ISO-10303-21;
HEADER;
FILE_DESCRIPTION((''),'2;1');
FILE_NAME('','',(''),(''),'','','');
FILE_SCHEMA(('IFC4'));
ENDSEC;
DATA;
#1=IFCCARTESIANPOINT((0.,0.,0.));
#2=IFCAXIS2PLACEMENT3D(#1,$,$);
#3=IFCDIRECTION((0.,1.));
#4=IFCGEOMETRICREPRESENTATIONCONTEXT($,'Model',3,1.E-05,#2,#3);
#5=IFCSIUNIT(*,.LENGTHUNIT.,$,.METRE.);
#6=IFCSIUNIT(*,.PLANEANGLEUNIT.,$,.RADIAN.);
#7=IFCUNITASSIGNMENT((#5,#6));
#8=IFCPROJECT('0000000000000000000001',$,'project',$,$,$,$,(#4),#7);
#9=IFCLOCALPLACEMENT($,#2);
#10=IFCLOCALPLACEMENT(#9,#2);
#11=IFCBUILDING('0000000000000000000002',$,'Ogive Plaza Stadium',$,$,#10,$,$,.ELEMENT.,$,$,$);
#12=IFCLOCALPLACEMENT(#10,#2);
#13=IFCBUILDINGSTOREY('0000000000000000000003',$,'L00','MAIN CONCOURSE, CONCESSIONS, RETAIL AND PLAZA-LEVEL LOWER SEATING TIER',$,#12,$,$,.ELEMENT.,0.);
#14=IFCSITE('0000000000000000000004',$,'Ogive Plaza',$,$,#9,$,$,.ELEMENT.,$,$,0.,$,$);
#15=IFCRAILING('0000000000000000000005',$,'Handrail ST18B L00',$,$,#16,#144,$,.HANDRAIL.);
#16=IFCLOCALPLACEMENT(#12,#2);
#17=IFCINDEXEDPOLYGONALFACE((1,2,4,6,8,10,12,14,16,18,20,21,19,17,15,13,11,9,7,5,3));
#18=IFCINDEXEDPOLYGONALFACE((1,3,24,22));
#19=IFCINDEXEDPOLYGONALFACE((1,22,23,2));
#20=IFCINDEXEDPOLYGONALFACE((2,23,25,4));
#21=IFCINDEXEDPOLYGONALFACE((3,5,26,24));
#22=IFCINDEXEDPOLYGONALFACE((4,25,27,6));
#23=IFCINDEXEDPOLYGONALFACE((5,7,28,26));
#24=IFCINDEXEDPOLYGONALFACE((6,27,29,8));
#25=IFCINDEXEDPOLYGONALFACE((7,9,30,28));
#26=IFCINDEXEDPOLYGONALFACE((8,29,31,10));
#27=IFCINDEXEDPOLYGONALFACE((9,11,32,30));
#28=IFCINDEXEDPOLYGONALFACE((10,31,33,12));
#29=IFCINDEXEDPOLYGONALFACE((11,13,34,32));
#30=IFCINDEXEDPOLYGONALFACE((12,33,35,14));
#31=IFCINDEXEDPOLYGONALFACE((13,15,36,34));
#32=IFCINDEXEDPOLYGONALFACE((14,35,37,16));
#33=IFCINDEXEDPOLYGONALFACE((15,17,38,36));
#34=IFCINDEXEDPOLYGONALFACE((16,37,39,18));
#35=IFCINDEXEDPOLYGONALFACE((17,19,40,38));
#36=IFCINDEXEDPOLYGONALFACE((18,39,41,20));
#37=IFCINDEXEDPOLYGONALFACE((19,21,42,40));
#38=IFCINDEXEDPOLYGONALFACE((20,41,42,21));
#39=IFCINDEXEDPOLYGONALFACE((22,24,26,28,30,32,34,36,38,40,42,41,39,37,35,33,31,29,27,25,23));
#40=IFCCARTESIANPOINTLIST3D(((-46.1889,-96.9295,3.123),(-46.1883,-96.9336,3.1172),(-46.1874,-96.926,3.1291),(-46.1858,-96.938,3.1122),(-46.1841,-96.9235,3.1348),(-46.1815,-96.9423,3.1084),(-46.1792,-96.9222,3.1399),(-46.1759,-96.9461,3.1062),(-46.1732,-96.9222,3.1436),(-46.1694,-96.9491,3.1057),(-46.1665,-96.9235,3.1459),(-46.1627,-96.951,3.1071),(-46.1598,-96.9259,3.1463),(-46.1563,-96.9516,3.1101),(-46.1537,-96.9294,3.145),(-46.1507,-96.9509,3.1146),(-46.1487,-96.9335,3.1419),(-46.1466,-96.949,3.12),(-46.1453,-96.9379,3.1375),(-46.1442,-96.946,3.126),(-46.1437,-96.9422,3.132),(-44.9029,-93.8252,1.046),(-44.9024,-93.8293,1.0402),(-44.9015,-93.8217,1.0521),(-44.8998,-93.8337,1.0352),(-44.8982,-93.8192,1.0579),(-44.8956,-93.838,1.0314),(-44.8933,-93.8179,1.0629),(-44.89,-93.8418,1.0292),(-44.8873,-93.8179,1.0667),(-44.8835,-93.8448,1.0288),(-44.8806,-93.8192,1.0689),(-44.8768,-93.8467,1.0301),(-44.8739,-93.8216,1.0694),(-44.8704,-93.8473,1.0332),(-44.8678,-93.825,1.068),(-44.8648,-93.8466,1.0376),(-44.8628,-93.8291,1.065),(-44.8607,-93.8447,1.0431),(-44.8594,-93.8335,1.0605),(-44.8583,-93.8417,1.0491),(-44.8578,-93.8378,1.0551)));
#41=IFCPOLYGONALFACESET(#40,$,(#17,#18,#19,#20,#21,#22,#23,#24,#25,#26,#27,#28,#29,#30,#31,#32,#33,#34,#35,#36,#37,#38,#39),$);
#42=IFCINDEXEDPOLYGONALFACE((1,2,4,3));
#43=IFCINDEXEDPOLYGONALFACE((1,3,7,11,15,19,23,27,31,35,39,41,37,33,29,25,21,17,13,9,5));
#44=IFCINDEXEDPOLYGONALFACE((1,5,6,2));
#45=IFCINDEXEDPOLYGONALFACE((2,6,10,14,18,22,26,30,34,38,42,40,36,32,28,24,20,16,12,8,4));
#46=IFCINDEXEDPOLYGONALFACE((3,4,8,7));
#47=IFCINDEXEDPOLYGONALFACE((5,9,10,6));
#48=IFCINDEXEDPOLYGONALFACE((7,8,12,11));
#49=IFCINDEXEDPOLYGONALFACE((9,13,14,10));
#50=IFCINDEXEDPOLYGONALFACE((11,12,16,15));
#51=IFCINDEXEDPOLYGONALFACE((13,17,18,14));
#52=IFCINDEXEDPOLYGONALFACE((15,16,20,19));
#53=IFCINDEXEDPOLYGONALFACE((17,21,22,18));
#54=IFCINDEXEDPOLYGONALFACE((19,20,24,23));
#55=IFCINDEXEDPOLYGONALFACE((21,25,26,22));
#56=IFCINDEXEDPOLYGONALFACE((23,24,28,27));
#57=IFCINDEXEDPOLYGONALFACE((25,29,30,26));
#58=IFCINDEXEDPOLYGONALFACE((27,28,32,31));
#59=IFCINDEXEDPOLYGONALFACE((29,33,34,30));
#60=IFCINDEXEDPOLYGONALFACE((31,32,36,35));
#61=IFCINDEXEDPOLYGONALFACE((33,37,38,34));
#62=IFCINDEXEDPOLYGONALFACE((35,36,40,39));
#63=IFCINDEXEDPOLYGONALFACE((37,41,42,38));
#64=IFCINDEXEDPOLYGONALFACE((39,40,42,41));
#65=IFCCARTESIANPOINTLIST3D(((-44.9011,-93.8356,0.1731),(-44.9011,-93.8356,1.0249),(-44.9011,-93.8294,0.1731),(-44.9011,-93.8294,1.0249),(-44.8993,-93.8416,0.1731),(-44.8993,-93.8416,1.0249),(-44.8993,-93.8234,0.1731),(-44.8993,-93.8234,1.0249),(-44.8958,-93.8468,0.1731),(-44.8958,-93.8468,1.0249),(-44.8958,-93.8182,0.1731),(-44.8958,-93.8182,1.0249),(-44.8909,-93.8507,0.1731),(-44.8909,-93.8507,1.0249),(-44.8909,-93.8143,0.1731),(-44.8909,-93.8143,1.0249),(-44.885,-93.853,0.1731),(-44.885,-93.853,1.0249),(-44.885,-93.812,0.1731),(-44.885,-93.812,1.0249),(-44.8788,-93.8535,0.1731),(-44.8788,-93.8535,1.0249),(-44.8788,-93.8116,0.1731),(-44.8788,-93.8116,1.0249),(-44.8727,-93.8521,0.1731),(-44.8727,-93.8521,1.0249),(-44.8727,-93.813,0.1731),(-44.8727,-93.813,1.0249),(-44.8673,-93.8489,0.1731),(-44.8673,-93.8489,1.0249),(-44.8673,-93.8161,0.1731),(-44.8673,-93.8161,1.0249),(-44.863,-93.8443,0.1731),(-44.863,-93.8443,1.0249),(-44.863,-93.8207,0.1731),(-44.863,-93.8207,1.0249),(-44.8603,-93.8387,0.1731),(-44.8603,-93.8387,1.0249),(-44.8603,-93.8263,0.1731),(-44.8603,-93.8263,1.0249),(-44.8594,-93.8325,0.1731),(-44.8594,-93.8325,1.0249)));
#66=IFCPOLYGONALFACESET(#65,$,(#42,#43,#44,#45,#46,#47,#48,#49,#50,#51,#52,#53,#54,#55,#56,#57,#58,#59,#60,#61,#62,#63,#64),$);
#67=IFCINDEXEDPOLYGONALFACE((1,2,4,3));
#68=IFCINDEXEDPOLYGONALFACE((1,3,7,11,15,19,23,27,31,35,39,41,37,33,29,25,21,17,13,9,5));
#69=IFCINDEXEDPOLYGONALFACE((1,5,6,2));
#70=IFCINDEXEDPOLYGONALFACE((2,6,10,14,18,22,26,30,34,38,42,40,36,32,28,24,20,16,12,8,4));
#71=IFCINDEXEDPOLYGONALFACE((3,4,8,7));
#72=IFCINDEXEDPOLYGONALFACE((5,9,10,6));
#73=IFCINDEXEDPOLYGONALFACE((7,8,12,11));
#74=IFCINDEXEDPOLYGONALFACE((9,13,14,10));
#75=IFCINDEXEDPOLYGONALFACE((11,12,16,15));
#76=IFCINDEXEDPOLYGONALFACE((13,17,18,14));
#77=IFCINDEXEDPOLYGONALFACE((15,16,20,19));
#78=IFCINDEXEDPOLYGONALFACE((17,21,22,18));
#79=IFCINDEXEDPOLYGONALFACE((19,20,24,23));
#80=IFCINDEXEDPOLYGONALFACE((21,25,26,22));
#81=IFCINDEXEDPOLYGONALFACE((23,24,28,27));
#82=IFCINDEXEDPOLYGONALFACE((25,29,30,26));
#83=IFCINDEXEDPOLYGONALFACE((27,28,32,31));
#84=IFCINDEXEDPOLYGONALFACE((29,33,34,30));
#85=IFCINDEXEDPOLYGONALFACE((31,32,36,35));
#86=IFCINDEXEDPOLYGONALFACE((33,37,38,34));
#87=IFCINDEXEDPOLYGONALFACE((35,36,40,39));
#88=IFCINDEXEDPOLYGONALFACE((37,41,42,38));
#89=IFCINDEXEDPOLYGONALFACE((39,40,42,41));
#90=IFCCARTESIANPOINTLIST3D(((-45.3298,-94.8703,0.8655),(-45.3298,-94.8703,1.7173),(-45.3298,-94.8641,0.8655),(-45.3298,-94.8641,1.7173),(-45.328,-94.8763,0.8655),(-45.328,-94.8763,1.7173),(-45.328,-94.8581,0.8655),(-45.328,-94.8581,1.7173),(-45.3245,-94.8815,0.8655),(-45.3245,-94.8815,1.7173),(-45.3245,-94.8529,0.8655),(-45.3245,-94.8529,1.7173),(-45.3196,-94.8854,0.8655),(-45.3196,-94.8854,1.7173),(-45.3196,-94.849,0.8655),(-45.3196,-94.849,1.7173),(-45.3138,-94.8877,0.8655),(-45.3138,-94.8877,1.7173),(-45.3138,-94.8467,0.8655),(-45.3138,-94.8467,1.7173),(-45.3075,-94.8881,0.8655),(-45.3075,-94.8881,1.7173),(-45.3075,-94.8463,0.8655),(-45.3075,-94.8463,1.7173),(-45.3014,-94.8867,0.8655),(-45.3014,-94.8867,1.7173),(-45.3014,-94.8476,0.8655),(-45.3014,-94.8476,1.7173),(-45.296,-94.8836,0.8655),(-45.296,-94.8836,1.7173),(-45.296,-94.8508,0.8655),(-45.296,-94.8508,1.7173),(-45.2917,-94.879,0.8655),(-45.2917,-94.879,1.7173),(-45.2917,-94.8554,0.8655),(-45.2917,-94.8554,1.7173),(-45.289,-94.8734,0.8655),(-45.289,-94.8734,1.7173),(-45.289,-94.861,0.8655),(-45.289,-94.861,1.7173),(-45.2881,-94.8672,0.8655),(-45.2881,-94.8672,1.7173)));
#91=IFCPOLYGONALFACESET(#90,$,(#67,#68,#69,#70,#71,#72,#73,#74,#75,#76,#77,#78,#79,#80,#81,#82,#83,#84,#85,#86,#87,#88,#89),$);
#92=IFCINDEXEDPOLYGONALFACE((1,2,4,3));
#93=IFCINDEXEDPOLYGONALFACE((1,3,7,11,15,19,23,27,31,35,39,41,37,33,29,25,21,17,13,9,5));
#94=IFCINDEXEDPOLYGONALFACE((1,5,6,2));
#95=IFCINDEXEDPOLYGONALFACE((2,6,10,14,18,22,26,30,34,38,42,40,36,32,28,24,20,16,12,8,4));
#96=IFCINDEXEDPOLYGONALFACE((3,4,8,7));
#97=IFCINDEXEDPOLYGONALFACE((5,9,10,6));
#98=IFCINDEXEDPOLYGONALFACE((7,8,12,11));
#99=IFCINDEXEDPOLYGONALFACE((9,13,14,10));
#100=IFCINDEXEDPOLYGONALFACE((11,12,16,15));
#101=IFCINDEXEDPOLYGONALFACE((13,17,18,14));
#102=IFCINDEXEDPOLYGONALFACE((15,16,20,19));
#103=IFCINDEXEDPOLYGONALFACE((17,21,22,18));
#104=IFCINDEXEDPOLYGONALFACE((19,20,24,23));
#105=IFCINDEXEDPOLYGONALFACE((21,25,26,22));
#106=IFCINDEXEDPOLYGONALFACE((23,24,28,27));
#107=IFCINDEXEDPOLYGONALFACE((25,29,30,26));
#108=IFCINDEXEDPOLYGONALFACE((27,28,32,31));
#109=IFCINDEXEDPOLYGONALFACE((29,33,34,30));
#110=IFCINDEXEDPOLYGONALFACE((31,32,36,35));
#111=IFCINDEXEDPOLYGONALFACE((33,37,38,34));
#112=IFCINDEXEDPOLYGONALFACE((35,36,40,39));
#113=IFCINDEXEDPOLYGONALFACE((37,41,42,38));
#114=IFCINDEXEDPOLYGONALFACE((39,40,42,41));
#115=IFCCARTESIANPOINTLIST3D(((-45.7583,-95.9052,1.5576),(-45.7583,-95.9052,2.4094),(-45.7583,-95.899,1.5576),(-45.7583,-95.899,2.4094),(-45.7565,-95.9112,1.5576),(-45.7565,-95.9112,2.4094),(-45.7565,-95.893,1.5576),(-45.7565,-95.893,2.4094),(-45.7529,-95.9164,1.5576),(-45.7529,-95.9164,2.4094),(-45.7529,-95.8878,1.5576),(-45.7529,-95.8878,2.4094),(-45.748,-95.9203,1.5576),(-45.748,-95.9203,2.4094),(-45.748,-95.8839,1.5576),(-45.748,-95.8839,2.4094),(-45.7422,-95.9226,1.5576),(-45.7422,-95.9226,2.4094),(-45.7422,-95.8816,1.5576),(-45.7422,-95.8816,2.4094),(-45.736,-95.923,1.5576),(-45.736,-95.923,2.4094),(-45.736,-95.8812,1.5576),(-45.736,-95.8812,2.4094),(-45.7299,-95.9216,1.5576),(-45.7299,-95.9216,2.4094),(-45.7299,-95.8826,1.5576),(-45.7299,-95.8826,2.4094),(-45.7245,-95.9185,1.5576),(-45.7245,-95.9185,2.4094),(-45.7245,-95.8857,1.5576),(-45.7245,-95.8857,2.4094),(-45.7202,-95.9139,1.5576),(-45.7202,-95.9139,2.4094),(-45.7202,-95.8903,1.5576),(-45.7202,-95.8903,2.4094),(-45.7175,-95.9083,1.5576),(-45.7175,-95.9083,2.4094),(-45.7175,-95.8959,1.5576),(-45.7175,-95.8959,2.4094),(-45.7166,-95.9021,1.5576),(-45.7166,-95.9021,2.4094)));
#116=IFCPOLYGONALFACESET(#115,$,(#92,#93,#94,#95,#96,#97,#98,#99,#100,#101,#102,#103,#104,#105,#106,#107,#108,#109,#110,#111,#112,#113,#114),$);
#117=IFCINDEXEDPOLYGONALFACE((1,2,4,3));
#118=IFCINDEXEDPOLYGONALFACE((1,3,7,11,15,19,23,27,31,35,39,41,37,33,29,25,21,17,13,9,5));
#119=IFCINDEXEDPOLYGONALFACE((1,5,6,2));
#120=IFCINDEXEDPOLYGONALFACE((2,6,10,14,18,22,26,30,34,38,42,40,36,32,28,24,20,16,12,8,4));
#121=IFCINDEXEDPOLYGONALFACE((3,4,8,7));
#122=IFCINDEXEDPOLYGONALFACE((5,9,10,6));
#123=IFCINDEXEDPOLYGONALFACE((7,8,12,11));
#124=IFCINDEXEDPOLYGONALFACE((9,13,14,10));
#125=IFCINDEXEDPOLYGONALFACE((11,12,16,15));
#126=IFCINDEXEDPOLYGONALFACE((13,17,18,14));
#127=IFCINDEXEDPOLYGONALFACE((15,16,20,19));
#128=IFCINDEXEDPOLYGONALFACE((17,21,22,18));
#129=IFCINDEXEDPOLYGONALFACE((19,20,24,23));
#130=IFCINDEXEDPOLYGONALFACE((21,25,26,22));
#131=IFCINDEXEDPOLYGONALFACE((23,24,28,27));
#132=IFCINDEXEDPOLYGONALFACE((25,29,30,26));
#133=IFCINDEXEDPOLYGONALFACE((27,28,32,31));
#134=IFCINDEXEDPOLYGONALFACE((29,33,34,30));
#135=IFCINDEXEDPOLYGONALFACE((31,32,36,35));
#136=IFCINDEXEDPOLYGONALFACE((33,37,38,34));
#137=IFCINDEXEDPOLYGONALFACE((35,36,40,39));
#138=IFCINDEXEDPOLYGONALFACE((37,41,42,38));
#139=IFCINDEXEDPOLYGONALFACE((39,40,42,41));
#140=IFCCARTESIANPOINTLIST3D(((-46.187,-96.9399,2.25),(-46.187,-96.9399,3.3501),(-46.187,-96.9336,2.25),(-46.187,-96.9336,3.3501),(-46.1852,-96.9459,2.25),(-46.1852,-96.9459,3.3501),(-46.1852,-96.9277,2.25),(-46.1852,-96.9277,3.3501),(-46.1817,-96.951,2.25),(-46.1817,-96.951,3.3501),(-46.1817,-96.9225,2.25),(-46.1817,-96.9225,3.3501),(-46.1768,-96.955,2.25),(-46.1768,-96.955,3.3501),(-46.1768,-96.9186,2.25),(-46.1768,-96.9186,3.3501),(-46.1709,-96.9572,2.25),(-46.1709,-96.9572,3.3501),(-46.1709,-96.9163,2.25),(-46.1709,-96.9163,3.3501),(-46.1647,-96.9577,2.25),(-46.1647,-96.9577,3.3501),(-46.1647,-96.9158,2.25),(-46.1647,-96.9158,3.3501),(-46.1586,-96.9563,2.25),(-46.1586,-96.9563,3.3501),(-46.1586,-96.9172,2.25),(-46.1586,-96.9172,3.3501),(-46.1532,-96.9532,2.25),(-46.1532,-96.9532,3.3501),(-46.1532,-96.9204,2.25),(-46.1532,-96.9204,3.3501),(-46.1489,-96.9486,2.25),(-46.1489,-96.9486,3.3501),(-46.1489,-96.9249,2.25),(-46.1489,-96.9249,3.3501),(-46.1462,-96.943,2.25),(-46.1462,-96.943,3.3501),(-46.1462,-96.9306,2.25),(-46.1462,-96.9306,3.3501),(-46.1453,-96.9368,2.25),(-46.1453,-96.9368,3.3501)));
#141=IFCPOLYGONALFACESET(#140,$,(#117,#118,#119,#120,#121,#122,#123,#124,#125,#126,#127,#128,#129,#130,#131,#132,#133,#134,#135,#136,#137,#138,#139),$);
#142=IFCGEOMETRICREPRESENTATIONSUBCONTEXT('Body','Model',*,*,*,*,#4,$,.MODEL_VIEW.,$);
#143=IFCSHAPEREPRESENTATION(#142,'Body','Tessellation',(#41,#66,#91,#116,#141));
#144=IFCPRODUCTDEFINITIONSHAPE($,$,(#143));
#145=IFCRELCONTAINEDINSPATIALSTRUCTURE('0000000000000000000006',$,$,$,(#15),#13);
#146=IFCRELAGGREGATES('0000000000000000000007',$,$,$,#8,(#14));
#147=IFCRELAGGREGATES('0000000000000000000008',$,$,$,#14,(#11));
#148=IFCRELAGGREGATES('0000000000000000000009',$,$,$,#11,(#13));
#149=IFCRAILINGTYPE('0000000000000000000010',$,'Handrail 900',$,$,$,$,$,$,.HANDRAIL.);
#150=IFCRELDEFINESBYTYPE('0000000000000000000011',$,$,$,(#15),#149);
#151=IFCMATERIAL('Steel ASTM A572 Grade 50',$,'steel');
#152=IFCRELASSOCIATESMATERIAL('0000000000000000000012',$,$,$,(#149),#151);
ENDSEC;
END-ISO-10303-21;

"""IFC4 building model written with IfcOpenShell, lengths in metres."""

from ifc_helpers import new_model, si_unit, direction, frame, origin, origin_2d, place, context, subcontext, project, spatial, circle, extrude, material, type_object, element, save


model = new_model("IFC4")

# Units and contexts
model_context = context("Model", 3, precision=1e-05, world=origin(), true_north=direction((0.0, 1.0)))
body_context = subcontext(model_context, "Body", "Model", "MODEL_VIEW")
ifc_project = project(units=[si_unit("LENGTHUNIT", "METRE"), si_unit("PLANEANGLEUNIT", "RADIAN")], contexts=[model_context])

# Site, building, storey
site_placement = place(None, origin())
site = spatial("IfcSite", under=ifc_project, at=site_placement, Name="Ogive Plaza", CompositionType="ELEMENT", RefElevation=0.0)
building_placement = place(site_placement, origin())
building = spatial("IfcBuilding", under=site, at=building_placement, Name="Ogive Plaza Stadium", CompositionType="ELEMENT")
storey_placement = place(building_placement, origin())
storey = spatial("IfcBuildingStorey", under=building, at=storey_placement, Name="L00", Description="MAIN CONCOURSE, CONCESSIONS, RETAIL AND PLAZA-LEVEL LOWER SEATING TIER", CompositionType="ELEMENT", Elevation=0.0)

# Railing
ifc_material_1 = material(Name="Steel ASTM A572 Grade 50", Category="steel")
railing_type_1 = type_object("IfcRailingType", Name="Handrail 900", PredefinedType="HANDRAIL", material=ifc_material_1)
for number, where, name in (
    (1, (-44.8804, -93.8325, 0.1731), "Handrail ST18B L00"),
):
    element("IfcRailing", number, at=place(storey_placement, frame(where)), inside=storey, type_object=railing_type_1, Name=name, PredefinedType="HANDRAIL", context=body_context, shape_type="SweptSolid", body=[
        extrude(circle(Radius=0.0239, at=origin_2d()), frame((0.0, 0.0, 0.876), z_axis=(-0.325532, -0.785863, 0.525783), x_axis=(0.923872, -0.3827, 0.0)), (0.0, 0.0, 1.0), 3.9502),
        extrude(circle(Radius=0.021, at=origin_2d()), origin(), (0.0, 0.0, 1.0), 0.8518),
        extrude(circle(Radius=0.021, at=origin_2d()), frame((-0.4287, -1.0347, 0.6924)), (0.0, 0.0, 1.0), 0.8518),
        extrude(circle(Radius=0.021, at=origin_2d()), frame((-0.8572, -2.0696, 1.3845)), (0.0, 0.0, 1.0), 0.8518),
        extrude(circle(Radius=0.021, at=origin_2d()), frame((-1.2859, -3.1042, 2.0769)), (0.0, 0.0, 1.0), 1.1001),
    ])

save(model, "model.ifc")
